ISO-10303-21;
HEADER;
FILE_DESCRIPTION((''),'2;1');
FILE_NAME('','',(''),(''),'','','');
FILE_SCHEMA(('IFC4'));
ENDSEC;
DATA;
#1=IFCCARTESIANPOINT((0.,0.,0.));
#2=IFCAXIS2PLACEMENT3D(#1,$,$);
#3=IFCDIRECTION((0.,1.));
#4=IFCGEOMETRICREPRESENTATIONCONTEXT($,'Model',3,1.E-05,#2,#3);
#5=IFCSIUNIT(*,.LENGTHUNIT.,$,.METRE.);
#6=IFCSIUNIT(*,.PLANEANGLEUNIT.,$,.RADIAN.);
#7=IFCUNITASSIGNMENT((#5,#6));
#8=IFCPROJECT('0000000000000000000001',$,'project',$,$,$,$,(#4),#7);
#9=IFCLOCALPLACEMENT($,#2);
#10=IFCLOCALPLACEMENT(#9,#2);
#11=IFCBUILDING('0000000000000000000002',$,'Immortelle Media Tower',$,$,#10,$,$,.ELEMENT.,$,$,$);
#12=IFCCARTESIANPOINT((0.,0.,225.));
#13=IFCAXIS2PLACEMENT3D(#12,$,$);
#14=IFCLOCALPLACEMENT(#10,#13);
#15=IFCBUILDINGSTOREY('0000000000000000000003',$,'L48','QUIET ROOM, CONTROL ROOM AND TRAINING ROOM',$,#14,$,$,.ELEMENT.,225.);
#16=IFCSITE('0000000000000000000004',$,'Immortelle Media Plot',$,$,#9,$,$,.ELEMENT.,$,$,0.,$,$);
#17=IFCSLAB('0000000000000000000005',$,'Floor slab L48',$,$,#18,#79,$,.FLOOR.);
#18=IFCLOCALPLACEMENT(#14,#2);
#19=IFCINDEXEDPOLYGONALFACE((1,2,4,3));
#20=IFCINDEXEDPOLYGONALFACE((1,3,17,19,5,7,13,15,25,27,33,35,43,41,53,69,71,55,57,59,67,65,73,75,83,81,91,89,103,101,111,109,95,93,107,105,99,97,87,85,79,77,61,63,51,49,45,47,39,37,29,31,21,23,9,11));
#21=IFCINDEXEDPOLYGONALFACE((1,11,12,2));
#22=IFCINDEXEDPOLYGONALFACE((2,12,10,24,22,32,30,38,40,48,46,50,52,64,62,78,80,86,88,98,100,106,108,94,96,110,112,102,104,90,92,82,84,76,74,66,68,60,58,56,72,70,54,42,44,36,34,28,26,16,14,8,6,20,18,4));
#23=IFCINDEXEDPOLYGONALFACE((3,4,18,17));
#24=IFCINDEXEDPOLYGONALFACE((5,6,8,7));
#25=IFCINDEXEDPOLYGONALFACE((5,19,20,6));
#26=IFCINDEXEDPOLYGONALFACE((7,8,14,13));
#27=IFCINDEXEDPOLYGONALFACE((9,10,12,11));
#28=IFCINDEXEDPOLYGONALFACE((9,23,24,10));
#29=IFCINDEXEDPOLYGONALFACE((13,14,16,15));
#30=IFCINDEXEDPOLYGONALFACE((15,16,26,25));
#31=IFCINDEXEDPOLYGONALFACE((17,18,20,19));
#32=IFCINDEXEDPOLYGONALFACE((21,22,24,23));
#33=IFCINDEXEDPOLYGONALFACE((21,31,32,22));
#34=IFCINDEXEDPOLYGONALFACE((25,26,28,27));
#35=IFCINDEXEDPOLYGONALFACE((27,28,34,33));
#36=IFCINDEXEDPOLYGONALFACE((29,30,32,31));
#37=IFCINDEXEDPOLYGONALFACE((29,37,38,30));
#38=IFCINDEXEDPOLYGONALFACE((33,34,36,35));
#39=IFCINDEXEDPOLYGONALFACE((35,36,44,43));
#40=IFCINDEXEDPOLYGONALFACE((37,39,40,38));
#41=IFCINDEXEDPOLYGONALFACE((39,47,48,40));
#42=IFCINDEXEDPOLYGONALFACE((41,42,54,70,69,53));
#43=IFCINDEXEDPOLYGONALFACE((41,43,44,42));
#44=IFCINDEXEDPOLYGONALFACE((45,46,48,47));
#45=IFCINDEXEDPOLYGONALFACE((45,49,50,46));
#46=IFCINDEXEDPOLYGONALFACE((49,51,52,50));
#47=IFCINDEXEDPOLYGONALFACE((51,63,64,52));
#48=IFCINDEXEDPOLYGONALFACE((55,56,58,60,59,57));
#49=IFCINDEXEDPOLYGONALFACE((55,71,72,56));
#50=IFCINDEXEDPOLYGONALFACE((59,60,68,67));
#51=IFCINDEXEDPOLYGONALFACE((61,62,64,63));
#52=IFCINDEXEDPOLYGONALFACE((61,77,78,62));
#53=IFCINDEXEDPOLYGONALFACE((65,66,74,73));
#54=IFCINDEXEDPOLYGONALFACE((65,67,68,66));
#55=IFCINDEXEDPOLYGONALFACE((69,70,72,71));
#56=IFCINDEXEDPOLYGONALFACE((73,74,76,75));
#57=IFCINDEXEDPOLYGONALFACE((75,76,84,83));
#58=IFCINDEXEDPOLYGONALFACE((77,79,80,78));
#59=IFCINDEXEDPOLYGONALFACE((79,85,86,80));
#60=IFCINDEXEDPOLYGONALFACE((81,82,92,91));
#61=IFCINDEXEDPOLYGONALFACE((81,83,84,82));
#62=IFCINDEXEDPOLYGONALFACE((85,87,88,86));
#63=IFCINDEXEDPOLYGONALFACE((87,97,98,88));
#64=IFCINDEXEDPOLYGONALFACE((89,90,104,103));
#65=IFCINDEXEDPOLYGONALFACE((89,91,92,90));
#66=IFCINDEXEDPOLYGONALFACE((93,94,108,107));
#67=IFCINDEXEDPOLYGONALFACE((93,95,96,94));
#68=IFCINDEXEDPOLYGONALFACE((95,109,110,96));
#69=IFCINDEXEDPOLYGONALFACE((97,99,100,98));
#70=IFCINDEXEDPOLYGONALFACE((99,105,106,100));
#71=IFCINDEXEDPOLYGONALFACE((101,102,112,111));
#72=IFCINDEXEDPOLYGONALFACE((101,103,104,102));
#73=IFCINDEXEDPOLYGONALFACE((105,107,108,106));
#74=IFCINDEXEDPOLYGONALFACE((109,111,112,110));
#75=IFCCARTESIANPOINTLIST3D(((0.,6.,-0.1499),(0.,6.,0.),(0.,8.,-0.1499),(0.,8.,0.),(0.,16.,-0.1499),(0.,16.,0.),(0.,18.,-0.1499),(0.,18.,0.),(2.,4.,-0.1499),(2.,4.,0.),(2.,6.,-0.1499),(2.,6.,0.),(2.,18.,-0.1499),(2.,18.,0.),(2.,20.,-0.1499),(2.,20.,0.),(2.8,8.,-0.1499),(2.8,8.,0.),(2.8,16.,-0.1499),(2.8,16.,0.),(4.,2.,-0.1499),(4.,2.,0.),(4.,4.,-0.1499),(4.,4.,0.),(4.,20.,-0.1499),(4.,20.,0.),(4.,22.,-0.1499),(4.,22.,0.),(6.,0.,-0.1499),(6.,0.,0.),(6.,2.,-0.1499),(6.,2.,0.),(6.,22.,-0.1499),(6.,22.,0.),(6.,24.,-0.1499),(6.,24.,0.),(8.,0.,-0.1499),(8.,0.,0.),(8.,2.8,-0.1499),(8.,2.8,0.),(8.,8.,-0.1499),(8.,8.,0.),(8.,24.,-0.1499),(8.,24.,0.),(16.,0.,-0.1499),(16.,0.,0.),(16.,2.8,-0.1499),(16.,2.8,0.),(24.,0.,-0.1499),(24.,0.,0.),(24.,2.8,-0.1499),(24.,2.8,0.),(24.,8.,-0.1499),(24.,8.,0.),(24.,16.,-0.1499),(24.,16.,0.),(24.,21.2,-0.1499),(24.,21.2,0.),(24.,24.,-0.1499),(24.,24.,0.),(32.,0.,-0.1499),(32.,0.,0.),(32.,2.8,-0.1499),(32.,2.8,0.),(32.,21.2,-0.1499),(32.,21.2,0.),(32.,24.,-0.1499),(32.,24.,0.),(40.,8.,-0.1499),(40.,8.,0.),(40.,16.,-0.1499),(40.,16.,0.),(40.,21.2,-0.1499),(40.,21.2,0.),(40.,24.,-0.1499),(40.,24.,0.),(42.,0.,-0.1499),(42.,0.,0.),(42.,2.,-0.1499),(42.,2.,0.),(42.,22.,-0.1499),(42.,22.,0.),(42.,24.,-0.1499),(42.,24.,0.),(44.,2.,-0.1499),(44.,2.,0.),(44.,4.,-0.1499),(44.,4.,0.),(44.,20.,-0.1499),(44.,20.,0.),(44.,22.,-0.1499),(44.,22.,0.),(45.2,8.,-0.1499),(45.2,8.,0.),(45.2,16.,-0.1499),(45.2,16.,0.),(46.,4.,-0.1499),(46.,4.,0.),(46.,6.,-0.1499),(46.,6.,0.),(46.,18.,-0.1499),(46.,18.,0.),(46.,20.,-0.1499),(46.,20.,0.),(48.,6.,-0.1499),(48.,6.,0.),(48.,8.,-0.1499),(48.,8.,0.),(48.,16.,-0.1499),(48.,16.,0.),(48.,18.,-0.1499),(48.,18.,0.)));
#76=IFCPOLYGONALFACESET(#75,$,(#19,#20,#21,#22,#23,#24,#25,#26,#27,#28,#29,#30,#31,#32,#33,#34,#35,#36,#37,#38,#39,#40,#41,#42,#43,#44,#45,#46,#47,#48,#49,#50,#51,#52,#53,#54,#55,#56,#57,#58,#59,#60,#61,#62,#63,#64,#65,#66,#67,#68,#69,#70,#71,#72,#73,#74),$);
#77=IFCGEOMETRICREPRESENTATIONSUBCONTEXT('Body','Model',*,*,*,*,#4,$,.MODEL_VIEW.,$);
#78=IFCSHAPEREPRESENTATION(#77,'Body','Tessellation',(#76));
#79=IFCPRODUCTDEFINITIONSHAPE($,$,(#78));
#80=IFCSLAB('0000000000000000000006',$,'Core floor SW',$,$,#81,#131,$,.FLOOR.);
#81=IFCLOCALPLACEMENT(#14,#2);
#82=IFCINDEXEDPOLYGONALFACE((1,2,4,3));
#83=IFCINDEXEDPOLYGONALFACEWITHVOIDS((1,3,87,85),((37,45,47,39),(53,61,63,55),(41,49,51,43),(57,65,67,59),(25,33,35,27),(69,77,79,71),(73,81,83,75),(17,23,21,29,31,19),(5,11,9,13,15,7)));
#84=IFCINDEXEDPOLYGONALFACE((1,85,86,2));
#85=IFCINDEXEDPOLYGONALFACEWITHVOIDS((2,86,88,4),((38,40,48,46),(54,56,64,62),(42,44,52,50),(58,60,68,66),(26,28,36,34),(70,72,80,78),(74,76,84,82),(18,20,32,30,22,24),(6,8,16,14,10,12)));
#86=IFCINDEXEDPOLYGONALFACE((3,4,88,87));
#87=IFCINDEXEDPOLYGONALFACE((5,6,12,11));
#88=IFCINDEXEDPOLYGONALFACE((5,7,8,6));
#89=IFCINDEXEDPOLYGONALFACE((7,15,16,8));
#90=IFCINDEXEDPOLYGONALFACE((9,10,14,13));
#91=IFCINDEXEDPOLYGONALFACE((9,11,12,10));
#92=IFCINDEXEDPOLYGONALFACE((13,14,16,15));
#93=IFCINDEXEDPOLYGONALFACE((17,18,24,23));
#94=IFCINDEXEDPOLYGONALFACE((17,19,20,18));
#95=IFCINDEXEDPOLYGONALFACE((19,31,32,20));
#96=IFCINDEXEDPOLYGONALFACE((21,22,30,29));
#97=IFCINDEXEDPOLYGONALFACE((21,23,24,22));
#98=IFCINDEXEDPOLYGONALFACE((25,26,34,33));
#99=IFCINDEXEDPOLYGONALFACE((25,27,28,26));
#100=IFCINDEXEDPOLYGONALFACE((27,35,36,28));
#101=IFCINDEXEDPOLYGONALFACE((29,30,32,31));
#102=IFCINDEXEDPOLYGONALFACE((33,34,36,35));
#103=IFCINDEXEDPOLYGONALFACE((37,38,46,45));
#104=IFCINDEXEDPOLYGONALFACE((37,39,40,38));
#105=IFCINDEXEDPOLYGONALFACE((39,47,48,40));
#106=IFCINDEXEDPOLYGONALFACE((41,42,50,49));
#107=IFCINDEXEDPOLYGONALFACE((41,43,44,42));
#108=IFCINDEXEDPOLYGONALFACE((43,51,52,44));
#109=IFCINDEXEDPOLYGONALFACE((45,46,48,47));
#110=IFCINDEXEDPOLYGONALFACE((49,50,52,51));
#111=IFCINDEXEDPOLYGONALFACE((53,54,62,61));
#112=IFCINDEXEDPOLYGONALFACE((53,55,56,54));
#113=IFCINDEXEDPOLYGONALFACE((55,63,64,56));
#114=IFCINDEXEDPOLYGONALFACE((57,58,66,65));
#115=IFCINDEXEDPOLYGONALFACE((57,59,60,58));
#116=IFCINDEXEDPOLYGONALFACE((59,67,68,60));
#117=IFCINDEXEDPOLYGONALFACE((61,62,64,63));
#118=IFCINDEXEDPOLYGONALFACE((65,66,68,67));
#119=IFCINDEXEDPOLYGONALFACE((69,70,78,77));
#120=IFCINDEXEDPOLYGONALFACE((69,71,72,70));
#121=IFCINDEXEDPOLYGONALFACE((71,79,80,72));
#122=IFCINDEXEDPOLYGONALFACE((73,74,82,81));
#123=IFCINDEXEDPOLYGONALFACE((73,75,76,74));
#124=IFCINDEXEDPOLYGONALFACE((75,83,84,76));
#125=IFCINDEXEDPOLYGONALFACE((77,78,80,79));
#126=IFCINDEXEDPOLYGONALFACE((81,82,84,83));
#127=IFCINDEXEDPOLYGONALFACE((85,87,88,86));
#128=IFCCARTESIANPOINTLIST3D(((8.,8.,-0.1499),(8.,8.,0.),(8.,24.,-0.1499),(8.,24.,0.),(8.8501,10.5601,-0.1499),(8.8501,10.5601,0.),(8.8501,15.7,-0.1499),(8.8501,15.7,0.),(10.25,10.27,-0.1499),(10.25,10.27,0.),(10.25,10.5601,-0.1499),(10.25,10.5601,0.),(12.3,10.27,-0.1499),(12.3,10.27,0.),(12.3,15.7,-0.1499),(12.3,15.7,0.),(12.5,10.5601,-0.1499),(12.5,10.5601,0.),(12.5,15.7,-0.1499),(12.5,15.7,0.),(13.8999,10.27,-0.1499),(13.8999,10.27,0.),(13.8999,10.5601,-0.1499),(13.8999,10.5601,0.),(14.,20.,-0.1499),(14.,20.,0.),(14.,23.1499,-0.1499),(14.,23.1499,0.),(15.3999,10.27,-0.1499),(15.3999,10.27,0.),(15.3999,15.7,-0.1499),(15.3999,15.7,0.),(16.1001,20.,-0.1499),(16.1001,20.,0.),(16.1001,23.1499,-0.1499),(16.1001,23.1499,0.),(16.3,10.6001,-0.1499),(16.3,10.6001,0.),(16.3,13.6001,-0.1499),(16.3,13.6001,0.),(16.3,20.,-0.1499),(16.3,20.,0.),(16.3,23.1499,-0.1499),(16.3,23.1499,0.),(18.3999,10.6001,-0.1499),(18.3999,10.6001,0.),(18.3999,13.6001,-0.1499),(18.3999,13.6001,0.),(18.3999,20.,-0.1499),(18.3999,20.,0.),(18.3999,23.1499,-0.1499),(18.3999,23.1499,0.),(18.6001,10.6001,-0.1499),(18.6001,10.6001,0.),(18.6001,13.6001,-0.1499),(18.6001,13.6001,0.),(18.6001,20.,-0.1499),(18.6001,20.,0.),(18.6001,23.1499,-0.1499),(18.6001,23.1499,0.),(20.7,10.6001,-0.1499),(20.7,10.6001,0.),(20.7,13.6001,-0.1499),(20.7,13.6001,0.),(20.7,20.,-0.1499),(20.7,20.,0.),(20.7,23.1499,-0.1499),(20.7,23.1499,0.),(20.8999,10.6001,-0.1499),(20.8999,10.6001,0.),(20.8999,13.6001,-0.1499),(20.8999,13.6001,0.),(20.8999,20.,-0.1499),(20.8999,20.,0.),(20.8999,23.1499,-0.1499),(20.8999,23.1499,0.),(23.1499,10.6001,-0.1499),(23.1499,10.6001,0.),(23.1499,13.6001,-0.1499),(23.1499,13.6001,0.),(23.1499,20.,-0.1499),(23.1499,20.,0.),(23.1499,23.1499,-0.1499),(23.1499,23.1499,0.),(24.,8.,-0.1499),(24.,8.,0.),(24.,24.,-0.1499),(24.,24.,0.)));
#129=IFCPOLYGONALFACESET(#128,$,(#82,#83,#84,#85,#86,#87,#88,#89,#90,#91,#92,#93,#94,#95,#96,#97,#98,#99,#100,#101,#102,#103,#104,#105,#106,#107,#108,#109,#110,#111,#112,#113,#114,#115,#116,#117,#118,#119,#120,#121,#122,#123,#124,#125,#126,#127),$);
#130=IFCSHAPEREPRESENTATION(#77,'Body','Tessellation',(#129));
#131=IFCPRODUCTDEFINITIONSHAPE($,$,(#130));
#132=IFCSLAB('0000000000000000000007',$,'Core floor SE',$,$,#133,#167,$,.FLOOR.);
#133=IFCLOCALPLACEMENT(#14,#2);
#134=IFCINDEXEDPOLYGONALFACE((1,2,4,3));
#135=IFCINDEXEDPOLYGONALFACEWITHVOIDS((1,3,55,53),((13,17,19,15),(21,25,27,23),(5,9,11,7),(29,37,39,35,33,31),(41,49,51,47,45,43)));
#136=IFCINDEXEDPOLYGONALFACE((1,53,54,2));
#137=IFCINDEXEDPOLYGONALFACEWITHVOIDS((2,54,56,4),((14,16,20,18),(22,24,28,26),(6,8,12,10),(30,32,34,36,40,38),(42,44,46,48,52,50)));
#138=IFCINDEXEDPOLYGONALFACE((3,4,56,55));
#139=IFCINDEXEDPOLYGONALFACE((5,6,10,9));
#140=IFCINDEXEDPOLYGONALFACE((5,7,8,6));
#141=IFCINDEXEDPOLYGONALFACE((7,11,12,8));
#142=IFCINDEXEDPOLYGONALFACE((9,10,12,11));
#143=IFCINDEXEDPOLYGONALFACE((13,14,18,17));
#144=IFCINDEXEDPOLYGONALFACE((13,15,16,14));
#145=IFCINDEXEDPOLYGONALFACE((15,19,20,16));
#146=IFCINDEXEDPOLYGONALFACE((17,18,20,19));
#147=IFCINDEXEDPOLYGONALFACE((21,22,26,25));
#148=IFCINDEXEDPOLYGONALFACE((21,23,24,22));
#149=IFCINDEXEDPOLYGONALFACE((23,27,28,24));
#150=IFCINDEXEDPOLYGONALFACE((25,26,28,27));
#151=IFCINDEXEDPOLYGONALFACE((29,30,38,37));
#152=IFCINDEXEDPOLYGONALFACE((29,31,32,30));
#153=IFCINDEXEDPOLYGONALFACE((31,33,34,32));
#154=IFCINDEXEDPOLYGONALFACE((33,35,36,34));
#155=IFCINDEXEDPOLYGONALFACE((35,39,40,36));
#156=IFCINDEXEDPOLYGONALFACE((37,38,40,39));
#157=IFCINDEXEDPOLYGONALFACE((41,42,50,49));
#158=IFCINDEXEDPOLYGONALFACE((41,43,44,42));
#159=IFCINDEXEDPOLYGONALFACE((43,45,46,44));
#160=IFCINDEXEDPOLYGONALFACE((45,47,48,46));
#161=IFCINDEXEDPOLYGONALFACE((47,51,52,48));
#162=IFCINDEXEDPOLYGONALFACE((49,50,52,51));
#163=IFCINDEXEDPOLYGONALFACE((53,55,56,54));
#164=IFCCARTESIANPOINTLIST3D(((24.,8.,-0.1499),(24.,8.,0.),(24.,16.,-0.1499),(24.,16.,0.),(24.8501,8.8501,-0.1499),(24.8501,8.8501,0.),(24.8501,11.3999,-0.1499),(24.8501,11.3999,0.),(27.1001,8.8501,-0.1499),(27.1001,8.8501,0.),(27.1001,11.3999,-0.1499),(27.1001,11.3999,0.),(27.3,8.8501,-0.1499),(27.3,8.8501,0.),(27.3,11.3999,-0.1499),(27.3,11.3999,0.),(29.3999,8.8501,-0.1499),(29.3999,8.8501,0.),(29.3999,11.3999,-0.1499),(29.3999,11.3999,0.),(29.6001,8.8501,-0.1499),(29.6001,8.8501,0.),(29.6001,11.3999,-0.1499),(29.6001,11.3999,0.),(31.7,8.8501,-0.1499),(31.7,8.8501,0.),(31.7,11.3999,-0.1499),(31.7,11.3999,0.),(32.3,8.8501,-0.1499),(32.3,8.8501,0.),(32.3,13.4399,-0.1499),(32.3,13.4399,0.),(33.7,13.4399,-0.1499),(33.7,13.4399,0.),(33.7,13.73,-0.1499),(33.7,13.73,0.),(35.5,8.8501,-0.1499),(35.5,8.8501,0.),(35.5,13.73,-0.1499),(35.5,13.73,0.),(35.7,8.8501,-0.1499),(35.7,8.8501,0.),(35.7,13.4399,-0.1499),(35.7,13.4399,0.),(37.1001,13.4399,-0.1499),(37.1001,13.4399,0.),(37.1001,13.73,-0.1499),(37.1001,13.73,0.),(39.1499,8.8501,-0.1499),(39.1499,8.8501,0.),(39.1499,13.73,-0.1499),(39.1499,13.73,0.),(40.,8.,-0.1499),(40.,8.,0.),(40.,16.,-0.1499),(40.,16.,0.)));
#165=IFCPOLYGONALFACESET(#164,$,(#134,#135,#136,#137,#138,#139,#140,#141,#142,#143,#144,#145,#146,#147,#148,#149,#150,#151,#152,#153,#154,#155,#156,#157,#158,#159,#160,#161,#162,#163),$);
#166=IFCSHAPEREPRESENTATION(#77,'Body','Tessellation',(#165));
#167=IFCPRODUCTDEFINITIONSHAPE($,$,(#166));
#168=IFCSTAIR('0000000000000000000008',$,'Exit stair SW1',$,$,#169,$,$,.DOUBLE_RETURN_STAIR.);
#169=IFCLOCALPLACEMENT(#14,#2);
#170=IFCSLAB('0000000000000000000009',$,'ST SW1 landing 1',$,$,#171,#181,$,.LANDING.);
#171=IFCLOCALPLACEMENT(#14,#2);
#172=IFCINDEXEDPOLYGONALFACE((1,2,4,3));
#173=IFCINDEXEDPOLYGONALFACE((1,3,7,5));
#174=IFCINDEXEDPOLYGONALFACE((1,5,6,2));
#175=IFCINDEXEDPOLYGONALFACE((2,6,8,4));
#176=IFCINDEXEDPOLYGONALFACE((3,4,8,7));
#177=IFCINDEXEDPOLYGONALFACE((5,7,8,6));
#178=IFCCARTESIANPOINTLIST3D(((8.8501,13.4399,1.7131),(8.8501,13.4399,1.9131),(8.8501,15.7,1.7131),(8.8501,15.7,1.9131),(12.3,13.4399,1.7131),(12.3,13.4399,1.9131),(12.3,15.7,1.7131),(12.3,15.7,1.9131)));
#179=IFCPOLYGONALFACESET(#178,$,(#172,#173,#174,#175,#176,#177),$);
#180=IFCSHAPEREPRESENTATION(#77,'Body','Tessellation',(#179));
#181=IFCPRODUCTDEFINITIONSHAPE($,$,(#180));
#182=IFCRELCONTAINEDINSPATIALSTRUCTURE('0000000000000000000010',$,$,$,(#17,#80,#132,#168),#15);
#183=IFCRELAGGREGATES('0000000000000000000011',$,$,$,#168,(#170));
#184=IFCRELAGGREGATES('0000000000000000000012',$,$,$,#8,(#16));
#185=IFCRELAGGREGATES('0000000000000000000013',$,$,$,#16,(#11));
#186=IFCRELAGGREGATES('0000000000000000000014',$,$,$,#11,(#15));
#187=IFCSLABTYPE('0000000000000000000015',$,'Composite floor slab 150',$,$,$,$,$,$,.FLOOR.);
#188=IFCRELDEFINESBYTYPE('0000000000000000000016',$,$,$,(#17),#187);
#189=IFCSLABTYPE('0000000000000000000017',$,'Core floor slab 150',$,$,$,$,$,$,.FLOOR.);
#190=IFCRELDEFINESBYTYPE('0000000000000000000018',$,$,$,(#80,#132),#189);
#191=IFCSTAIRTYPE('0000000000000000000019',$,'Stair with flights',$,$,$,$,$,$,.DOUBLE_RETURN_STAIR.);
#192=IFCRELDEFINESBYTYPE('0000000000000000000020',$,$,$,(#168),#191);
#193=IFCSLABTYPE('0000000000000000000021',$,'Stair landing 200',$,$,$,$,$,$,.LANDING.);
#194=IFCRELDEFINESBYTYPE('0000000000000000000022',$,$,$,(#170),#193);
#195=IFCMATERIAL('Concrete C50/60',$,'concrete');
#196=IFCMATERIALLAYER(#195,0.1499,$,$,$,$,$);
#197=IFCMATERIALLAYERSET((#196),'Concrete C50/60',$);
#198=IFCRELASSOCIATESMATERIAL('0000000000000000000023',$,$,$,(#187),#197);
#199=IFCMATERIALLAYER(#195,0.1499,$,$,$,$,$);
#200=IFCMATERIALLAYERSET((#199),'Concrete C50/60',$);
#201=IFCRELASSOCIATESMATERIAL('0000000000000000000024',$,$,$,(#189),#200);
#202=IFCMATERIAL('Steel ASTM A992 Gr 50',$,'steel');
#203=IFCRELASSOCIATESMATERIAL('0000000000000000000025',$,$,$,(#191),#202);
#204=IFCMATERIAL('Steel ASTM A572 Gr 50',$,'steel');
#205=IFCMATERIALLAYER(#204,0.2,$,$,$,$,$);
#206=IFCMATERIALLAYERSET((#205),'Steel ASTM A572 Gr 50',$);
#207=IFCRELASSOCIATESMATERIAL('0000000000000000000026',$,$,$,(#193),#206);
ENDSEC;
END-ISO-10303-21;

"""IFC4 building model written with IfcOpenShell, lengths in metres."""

from ifc_helpers import new_model, si_unit, direction, frame, origin, place, context, subcontext, project, spatial, polyline, outline, extrude, material, layer, layer_set, type_object, element, aggregate, save


model = new_model("IFC4")

# Units and contexts
model_context = context("Model", 3, precision=1e-05, world=origin(), true_north=direction((0.0, 1.0)))
body_context = subcontext(model_context, "Body", "Model", "MODEL_VIEW")
ifc_project = project(units=[si_unit("LENGTHUNIT", "METRE"), si_unit("PLANEANGLEUNIT", "RADIAN")], contexts=[model_context])

# Site, building, storey
site_placement = place(None, origin())
site = spatial("IfcSite", under=ifc_project, at=site_placement, Name="Immortelle Media Plot", CompositionType="ELEMENT", RefElevation=0.0)
building_placement = place(site_placement, origin())
building = spatial("IfcBuilding", under=site, at=building_placement, Name="Immortelle Media Tower", CompositionType="ELEMENT")
storey_placement = place(building_placement, frame((0.0, 0.0, 225.0)))
storey = spatial("IfcBuildingStorey", under=building, at=storey_placement, Name="L48", Description="QUIET ROOM, CONTROL ROOM AND TRAINING ROOM", CompositionType="ELEMENT", Elevation=225.0)

# Shared definitions
ifc_material_1 = material(Name="Steel ASTM A992 Gr 50", Category="steel")

# Slabs
ifc_material_2 = material(Name="Concrete C50/60", Category="concrete")
ifc_layer_1 = layer(ifc_material_2, 0.1499)
ifc_layer_set_1 = layer_set([ifc_layer_1], Name="Concrete C50/60")
slab_type_1 = type_object("IfcSlabType", Name="Composite floor slab 150", PredefinedType="FLOOR", material=ifc_layer_set_1)
slab_1_placement = place(storey_placement, frame((0.0, 0.0, -0.1499)))
element("IfcSlab", 1, at=slab_1_placement, inside=storey, type_object=slab_type_1, Name="Floor slab L48", PredefinedType="FLOOR", context=body_context, shape_type="SweptSolid", body=[
    extrude(outline(polyline([(6.0, 0.0), (6.0, 2.0), (4.0, 2.0), (4.0, 4.0), (2.0, 4.0), (2.0, 6.0), (0.0, 6.0), (0.0, 8.0), (2.8, 8.0), (2.8, 16.0), (0.0, 16.0), (0.0, 18.0), (2.0, 18.0), (2.0, 20.0), (4.0, 20.0), (4.0, 22.0), (6.0, 22.0), (6.0, 24.0), (8.0, 24.0), (8.0, 8.0), (24.0, 8.0), (40.0, 8.0), (40.0, 16.0), (24.0, 16.0), (24.0, 21.2), (24.0, 24.0), (32.0, 24.0), (32.0, 21.2), (40.0, 21.2), (40.0, 24.0), (42.0, 24.0), (42.0, 22.0), (44.0, 22.0), (44.0, 20.0), (46.0, 20.0), (46.0, 18.0), (48.0, 18.0), (48.0, 16.0), (45.2, 16.0), (45.2, 8.0), (48.0, 8.0), (48.0, 6.0), (46.0, 6.0), (46.0, 4.0), (44.0, 4.0), (44.0, 2.0), (42.0, 2.0), (42.0, 0.0), (32.0, 0.0), (32.0, 2.8), (24.0, 2.8), (24.0, 0.0), (16.0, 0.0), (16.0, 2.8), (8.0, 2.8), (8.0, 0.0), (6.0, 0.0)])), origin(), (0.0, 0.0, 1.0), 0.1499),
])
ifc_layer_2 = layer(ifc_material_2, 0.1499)
ifc_layer_set_2 = layer_set([ifc_layer_2], Name="Concrete C50/60")
slab_type_2 = type_object("IfcSlabType", Name="Core floor slab 150", PredefinedType="FLOOR", material=ifc_layer_set_2)
slab_2_placement = place(storey_placement, frame((0.0, 0.0, -0.1499)))
element("IfcSlab", 2, at=slab_2_placement, inside=storey, type_object=slab_type_2, Name="Core floor SW", PredefinedType="FLOOR", context=body_context, shape_type="SweptSolid", body=[
    extrude(outline(polyline([(8.0, 8.0), (24.0, 8.0), (24.0, 24.0), (8.0, 24.0), (8.0, 8.0)]), holes=[polyline([(14.0, 20.0), (16.1001, 20.0), (16.1001, 23.1499), (14.0, 23.1499), (14.0, 20.0)]), polyline([(16.3, 20.0), (18.3999, 20.0), (18.3999, 23.1499), (16.3, 23.1499), (16.3, 20.0)]), polyline([(18.6001, 20.0), (20.7, 20.0), (20.7, 23.1499), (18.6001, 23.1499), (18.6001, 20.0)]), polyline([(20.8999, 20.0), (23.1499, 20.0), (23.1499, 23.1499), (20.8999, 23.1499), (20.8999, 20.0)]), polyline([(16.3, 10.6001), (18.3999, 10.6001), (18.3999, 13.6001), (16.3, 13.6001), (16.3, 10.6001)]), polyline([(18.6001, 10.6001), (20.7, 10.6001), (20.7, 13.6001), (18.6001, 13.6001), (18.6001, 10.6001)]), polyline([(20.8999, 10.6001), (23.1499, 10.6001), (23.1499, 13.6001), (20.8999, 13.6001), (20.8999, 10.6001)]), polyline([(8.8501, 15.7), (12.3, 15.7), (12.3, 10.27), (10.25, 10.27), (10.25, 10.5601), (8.8501, 10.5601), (8.8501, 15.7)]), polyline([(12.5, 15.7), (15.3999, 15.7), (15.3999, 10.27), (13.8999, 10.27), (13.8999, 10.5601), (12.5, 10.5601), (12.5, 15.7)])]), origin(), (0.0, 0.0, 1.0), 0.1499),
])
slab_3_placement = place(storey_placement, frame((0.0, 0.0, -0.1499)))
element("IfcSlab", 3, at=slab_3_placement, inside=storey, type_object=slab_type_2, Name="Core floor SE", PredefinedType="FLOOR", context=body_context, shape_type="SweptSolid", body=[
    extrude(outline(polyline([(24.0, 8.0), (40.0, 8.0), (40.0, 16.0), (24.0, 16.0), (24.0, 8.0)]), holes=[polyline([(24.8501, 8.8501), (27.1001, 8.8501), (27.1001, 11.3999), (24.8501, 11.3999), (24.8501, 8.8501)]), polyline([(27.3, 8.8501), (29.3999, 8.8501), (29.3999, 11.3999), (27.3, 11.3999), (27.3, 8.8501)]), polyline([(29.6001, 8.8501), (31.7, 8.8501), (31.7, 11.3999), (29.6001, 11.3999), (29.6001, 8.8501)]), polyline([(35.5, 13.73), (35.5, 8.8501), (32.3, 8.8501), (32.3, 13.4399), (33.7, 13.4399), (33.7, 13.73), (35.5, 13.73)]), polyline([(39.1499, 13.73), (39.1499, 8.8501), (35.7, 8.8501), (35.7, 13.4399), (37.1001, 13.4399), (37.1001, 13.73), (39.1499, 13.73)])]), origin(), (0.0, 0.0, 1.0), 0.1499),
])

# Stair, slab
stair_type = type_object("IfcStairType", Name="Stair with flights", PredefinedType="DOUBLE_RETURN_STAIR", material=ifc_material_1)
stair_1_placement = place(storey_placement, origin())
stair_1 = element("IfcStair", 4, at=stair_1_placement, inside=storey, type_object=stair_type, Name="Exit stair SW1", PredefinedType="DOUBLE_RETURN_STAIR")
ifc_material_3 = material(Name="Steel ASTM A572 Gr 50", Category="steel")
ifc_layer_3 = layer(ifc_material_3, 0.2)
ifc_layer_set_3 = layer_set([ifc_layer_3], Name="Steel ASTM A572 Gr 50")
slab_type_3 = type_object("IfcSlabType", Name="Stair landing 200", PredefinedType="LANDING", material=ifc_layer_set_3)
slab_4_placement = place(storey_placement, frame((0.0, 0.0, 1.7131)))
slab_4 = element("IfcSlab", 5, at=slab_4_placement, type_object=slab_type_3, Name="ST SW1 landing 1", PredefinedType="LANDING", context=body_context, shape_type="SweptSolid", body=[
    extrude(outline(polyline([(8.8501, 13.4399), (12.3, 13.4399), (12.3, 15.7), (8.8501, 15.7), (8.8501, 13.4399)])), origin(), (0.0, 0.0, 1.0), 0.2),
])
aggregate(stair_1, [slab_4])

save(model, "model.ifc")
